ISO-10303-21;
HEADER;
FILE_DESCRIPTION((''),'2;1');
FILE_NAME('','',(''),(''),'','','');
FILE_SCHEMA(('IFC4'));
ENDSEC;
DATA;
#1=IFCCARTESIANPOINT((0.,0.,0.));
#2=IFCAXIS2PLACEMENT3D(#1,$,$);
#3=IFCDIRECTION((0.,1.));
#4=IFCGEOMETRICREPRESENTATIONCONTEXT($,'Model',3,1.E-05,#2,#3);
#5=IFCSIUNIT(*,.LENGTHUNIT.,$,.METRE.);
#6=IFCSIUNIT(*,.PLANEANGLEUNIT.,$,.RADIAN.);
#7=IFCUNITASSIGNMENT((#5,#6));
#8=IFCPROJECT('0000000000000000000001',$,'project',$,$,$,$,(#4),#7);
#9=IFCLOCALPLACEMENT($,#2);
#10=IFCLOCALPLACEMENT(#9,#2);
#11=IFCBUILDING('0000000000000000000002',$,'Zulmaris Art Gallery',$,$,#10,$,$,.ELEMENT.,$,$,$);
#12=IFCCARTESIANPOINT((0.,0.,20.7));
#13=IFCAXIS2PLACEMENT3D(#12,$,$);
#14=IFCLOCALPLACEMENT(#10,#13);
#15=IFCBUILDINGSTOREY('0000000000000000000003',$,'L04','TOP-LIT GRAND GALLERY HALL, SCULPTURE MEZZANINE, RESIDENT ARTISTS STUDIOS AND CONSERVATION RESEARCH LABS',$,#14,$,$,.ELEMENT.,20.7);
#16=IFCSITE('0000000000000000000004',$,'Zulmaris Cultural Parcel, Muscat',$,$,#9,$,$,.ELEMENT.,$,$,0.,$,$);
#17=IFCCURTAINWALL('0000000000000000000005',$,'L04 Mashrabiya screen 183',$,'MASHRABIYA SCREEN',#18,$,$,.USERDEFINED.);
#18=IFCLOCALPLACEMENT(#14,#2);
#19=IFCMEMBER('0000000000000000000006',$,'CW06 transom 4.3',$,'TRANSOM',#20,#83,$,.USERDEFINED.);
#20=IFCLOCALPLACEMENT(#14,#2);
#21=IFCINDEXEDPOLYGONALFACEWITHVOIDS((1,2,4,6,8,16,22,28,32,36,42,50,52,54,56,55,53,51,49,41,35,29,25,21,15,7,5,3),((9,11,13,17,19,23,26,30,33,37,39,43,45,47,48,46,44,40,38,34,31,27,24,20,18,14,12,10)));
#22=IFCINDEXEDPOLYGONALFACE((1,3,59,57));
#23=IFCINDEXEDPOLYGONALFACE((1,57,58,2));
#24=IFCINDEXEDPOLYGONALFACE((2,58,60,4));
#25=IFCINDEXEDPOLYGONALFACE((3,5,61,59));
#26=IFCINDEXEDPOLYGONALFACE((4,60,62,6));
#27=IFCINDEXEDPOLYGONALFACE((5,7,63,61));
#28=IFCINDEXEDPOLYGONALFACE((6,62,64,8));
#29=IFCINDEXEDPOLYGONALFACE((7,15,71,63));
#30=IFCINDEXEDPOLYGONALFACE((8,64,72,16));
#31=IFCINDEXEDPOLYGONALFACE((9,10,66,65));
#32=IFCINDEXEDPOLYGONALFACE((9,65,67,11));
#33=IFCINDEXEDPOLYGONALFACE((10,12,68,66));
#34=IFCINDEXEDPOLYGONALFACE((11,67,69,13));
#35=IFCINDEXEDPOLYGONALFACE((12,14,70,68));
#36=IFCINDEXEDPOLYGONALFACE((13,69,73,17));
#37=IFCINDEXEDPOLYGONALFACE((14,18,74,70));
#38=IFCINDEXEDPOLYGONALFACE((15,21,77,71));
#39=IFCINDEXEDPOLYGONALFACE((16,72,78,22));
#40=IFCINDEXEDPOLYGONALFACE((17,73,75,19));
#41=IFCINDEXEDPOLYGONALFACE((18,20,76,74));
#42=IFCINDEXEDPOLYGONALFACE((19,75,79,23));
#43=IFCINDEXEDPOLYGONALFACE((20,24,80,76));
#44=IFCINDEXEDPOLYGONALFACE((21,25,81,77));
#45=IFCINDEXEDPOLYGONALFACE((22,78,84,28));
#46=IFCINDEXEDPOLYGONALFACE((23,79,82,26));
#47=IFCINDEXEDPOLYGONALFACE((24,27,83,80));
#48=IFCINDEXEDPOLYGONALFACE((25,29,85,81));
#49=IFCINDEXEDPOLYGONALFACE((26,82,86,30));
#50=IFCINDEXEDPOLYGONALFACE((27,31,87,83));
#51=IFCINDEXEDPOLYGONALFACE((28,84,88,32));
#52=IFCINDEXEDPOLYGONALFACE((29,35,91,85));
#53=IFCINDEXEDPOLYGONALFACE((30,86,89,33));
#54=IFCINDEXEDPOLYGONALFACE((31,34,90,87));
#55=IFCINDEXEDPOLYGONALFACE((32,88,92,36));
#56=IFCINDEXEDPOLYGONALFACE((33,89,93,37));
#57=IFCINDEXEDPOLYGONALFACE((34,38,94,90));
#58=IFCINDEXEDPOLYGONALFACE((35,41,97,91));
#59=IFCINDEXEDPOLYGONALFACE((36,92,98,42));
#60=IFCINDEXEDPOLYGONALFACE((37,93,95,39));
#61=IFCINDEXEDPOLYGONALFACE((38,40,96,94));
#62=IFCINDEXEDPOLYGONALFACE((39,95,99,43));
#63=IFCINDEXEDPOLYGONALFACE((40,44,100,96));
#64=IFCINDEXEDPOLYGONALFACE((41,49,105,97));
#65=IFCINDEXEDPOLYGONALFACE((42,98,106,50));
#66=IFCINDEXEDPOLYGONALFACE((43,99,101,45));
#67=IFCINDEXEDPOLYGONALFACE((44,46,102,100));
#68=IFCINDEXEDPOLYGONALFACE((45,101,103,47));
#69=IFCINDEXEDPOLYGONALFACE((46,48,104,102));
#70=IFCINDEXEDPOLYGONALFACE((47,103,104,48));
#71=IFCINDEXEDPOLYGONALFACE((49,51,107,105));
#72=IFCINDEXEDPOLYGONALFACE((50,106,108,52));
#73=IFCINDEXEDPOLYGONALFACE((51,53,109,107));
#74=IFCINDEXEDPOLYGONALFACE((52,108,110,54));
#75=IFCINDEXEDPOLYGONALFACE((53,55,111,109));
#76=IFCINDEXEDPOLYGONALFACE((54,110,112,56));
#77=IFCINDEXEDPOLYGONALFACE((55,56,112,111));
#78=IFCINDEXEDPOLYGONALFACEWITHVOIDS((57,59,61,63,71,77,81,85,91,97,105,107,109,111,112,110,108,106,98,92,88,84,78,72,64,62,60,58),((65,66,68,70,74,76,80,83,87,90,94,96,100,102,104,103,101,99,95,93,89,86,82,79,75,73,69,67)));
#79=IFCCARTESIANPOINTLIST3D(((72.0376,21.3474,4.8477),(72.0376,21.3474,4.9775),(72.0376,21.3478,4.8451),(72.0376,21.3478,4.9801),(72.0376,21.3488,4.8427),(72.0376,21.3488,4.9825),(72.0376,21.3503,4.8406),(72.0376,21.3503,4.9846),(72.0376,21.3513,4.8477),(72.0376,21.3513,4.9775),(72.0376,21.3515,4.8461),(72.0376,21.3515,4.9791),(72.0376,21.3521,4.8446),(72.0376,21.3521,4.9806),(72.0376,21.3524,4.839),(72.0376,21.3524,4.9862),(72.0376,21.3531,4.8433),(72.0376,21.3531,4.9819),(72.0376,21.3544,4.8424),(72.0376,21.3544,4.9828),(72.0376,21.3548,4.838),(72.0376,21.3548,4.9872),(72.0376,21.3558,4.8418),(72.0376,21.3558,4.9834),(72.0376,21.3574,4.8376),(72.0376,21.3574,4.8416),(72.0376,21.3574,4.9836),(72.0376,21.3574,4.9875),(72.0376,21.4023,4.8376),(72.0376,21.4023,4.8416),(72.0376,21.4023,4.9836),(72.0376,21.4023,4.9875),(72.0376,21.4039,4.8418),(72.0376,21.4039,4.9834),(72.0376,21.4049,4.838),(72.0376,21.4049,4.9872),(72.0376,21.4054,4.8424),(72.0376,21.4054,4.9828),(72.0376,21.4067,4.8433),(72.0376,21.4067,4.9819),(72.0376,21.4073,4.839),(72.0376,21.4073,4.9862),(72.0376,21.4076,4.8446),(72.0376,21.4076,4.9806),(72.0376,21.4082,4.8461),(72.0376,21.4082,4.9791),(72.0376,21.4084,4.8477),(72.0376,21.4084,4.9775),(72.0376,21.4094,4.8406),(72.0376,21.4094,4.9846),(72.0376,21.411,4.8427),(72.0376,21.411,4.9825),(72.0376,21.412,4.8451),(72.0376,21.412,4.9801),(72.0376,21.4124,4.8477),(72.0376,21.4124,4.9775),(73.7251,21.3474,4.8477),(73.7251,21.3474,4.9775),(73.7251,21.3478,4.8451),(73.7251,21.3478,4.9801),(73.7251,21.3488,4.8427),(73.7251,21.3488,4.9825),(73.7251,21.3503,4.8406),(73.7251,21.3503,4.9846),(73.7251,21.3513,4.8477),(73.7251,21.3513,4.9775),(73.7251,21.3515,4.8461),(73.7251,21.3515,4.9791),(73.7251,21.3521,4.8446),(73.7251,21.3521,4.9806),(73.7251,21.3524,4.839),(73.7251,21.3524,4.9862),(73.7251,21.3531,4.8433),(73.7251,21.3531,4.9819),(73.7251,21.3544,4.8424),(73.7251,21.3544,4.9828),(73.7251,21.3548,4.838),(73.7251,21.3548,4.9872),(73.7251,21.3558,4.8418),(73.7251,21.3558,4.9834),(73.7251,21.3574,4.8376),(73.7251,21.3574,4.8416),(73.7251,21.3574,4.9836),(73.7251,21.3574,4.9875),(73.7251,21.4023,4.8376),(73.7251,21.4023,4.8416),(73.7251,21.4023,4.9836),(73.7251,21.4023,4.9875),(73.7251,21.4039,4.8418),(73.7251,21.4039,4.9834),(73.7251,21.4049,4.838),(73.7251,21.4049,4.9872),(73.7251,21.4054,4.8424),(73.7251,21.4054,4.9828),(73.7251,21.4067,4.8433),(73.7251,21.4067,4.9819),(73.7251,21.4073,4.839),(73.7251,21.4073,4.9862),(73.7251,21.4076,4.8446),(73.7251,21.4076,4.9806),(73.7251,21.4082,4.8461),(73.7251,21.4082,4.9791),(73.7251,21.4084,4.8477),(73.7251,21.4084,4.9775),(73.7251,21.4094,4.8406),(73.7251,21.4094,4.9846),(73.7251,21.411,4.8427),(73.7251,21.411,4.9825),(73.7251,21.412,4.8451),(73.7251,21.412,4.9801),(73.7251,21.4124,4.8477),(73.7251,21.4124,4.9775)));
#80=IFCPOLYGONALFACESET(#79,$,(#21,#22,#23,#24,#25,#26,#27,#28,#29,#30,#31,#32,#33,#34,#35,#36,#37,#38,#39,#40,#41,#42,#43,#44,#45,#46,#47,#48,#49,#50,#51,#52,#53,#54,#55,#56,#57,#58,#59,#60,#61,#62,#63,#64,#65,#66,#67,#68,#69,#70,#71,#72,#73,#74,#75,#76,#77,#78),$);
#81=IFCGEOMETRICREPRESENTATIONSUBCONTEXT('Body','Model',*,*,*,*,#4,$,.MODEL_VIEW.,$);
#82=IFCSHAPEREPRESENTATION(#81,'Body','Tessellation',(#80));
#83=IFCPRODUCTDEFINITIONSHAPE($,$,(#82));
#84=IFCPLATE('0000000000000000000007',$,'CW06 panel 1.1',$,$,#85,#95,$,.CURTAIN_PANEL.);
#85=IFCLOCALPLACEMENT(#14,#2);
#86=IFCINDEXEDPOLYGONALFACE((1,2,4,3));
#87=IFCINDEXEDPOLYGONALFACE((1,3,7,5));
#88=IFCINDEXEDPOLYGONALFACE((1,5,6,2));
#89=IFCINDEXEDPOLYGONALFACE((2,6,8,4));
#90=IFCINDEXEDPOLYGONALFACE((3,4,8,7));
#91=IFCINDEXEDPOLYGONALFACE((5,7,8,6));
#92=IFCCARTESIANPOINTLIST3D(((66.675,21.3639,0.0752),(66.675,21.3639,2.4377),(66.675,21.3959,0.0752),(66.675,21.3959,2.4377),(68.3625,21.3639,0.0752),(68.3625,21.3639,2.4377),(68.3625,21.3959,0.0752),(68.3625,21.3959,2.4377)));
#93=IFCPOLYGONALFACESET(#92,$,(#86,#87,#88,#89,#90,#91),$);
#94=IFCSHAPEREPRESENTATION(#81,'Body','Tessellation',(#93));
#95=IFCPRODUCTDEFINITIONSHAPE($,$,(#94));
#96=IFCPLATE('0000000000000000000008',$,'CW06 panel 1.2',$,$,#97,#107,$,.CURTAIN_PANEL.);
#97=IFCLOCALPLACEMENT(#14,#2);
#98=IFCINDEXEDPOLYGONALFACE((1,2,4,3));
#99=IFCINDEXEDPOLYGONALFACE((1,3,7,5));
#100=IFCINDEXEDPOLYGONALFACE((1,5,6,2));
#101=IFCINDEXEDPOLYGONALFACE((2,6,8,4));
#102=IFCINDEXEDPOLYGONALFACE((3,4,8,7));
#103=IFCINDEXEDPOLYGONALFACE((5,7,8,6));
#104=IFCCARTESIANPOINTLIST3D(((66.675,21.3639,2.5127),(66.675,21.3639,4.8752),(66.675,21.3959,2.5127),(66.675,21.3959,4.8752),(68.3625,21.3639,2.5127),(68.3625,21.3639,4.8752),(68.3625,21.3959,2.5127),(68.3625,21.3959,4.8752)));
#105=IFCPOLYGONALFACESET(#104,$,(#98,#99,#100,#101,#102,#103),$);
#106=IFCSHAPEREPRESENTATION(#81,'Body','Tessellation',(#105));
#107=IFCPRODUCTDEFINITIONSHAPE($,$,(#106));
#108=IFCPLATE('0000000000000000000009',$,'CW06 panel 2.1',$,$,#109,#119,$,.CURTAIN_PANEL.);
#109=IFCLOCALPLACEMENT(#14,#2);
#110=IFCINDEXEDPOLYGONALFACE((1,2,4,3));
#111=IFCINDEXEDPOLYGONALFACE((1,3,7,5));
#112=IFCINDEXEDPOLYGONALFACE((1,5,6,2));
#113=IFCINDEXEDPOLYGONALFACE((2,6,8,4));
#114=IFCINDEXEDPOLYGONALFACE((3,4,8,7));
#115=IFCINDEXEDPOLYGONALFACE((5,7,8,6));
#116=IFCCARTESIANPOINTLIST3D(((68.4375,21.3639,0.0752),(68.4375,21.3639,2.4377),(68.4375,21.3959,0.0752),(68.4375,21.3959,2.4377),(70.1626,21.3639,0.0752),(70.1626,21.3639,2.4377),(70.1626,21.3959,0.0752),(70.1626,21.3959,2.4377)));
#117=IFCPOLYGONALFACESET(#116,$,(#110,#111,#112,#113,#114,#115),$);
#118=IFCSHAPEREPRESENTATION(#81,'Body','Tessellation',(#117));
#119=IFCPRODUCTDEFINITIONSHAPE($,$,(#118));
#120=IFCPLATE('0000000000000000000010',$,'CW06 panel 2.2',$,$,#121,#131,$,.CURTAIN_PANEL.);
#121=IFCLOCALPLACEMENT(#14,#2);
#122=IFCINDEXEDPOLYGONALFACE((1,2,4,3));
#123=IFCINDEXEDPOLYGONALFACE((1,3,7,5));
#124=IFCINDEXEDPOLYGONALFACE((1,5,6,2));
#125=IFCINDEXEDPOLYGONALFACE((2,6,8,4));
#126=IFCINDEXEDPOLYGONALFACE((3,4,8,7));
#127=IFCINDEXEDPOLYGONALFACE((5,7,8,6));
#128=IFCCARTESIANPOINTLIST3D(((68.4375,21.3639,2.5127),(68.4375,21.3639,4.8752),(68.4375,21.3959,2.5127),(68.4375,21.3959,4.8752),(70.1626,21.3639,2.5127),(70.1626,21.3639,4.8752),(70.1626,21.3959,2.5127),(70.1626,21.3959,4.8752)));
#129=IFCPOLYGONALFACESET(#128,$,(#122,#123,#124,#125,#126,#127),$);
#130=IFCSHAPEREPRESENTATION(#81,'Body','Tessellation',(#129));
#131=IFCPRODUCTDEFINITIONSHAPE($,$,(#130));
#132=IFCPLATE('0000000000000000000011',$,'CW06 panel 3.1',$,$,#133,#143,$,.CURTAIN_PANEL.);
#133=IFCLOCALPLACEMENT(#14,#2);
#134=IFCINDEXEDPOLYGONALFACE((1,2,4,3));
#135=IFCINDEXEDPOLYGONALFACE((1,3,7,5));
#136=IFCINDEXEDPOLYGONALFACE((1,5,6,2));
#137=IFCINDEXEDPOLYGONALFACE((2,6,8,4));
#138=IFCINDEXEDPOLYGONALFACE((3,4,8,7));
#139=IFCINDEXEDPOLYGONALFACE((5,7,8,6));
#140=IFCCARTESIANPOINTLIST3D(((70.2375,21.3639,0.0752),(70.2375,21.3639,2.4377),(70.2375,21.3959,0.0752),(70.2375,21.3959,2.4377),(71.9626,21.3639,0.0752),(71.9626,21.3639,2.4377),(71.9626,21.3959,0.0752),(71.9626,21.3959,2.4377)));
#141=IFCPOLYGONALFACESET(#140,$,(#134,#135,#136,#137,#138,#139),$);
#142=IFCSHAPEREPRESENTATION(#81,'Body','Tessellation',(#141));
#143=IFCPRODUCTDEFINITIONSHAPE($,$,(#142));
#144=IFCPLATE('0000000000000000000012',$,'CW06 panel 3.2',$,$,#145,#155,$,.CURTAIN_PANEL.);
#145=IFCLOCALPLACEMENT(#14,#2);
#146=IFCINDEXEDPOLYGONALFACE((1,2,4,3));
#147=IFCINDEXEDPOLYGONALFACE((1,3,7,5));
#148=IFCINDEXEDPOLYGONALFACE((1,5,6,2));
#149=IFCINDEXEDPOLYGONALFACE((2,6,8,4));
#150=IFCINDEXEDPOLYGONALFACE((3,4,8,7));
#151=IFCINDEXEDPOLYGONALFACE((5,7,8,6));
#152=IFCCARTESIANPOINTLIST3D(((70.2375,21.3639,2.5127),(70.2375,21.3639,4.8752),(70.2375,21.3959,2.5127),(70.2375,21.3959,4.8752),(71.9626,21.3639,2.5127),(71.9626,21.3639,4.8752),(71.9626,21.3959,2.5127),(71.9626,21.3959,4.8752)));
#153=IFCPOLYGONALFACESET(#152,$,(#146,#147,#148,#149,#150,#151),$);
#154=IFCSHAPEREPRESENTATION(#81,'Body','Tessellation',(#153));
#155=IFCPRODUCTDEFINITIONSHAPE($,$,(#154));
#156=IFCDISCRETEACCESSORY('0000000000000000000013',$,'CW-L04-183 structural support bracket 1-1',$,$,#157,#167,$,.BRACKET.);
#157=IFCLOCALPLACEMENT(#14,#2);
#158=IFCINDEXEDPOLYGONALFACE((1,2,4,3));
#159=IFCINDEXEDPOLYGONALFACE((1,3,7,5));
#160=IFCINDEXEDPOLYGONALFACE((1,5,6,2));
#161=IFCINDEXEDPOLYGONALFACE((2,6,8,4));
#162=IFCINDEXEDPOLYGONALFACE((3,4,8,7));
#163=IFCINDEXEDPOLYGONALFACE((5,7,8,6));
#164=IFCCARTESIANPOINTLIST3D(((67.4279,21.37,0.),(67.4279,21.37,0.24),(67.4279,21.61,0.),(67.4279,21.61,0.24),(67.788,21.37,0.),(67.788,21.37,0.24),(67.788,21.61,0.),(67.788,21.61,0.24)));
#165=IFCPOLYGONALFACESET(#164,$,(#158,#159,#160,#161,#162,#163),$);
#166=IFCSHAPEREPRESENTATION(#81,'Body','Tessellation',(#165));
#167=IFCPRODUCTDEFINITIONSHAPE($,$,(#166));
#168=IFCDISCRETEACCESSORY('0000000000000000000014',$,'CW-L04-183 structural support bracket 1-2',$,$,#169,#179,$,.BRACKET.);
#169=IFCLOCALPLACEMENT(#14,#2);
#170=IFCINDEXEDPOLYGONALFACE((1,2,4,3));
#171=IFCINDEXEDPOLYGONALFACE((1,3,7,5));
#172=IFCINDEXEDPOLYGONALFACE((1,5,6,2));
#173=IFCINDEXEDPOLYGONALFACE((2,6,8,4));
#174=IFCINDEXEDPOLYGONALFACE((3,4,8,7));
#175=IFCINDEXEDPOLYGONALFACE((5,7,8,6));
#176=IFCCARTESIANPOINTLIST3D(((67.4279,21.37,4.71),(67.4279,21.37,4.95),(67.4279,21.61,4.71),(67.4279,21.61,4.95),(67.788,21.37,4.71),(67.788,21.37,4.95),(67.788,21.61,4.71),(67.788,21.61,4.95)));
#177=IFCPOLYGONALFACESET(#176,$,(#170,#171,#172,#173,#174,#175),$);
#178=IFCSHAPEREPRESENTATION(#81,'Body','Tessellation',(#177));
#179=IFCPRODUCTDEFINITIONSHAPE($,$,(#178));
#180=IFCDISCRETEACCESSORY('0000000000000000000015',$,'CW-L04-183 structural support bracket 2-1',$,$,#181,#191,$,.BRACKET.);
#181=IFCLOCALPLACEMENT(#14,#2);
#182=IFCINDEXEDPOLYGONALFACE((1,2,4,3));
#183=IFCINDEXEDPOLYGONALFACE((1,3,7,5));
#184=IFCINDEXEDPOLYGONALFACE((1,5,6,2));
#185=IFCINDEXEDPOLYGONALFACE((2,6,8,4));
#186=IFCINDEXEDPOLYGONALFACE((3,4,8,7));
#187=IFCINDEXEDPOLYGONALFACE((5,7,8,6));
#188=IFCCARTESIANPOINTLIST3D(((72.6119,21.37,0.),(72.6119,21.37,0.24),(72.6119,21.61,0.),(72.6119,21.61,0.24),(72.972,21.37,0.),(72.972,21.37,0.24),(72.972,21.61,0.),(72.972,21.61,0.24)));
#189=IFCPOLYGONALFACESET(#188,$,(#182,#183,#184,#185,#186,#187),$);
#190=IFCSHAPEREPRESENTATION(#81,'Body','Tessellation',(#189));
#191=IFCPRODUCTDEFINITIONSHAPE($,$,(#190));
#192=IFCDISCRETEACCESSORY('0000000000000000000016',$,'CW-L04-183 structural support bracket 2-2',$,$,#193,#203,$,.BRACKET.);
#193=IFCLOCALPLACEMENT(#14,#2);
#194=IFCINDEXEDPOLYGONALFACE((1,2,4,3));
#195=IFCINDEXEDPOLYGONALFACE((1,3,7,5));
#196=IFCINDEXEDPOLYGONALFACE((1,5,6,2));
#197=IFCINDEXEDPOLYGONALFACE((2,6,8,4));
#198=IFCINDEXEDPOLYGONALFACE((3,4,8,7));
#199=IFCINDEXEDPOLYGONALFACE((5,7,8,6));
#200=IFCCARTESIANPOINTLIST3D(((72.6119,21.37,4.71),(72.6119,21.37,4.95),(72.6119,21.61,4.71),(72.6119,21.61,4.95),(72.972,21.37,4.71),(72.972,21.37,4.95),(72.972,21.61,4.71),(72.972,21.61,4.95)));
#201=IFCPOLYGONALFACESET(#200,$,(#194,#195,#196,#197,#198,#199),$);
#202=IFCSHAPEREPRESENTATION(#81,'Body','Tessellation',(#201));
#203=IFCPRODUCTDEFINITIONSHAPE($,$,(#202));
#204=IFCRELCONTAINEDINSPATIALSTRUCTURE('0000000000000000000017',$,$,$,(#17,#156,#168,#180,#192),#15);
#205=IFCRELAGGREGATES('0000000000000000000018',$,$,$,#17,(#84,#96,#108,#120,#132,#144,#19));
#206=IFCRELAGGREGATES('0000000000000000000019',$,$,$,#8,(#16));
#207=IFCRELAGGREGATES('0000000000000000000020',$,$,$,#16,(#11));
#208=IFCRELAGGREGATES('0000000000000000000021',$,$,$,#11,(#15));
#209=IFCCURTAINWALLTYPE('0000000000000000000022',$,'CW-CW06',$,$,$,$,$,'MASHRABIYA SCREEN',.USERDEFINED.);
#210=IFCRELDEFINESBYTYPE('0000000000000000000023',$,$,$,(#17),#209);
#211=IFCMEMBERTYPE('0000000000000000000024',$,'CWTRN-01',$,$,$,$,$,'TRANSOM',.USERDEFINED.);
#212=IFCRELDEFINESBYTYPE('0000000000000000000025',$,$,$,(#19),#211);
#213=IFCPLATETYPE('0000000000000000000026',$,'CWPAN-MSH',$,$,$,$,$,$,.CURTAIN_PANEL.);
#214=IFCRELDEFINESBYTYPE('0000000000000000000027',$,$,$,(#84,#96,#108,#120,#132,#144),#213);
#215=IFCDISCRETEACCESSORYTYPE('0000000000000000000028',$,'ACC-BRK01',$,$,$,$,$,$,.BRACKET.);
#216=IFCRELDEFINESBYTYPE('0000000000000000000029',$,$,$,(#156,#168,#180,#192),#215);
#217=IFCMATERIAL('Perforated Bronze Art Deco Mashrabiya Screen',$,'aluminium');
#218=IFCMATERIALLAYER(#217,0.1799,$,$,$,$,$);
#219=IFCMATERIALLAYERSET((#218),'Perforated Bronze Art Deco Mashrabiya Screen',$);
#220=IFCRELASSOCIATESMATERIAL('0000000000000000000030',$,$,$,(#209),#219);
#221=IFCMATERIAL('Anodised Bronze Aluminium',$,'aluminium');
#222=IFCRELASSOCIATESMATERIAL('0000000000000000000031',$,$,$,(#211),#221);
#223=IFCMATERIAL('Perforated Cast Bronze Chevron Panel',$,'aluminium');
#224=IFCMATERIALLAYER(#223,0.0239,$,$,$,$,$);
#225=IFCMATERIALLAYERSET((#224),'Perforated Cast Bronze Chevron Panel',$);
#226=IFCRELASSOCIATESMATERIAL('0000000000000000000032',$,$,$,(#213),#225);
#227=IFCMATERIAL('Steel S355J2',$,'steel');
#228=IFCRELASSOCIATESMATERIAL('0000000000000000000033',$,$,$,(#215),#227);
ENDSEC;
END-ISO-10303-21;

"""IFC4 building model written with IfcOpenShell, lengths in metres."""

from ifc_helpers import new_model, si_unit, direction, frame, origin, origin_2d, place, context, subcontext, project, spatial, rectangle, hollow_rectangle, extrude, material, layer, layer_set, material_profile, profile_set, type_object, element, aggregate, save


model = new_model("IFC4")

# Units and contexts
model_context = context("Model", 3, precision=1e-05, world=origin(), true_north=direction((0.0, 1.0)))
body_context = subcontext(model_context, "Body", "Model", "MODEL_VIEW")
ifc_project = project(units=[si_unit("LENGTHUNIT", "METRE"), si_unit("PLANEANGLEUNIT", "RADIAN")], contexts=[model_context])

# Site, building, storey
site_placement = place(None, origin())
site = spatial("IfcSite", under=ifc_project, at=site_placement, Name="Zulmaris Cultural Parcel, Muscat", CompositionType="ELEMENT", RefElevation=0.0)
building_placement = place(site_placement, origin())
building = spatial("IfcBuilding", under=site, at=building_placement, Name="Zulmaris Art Gallery", CompositionType="ELEMENT")
storey_placement = place(building_placement, frame((0.0, 0.0, 20.7)))
storey = spatial("IfcBuildingStorey", under=building, at=storey_placement, Name="L04", Description="TOP-LIT GRAND GALLERY HALL, SCULPTURE MEZZANINE, RESIDENT ARTISTS STUDIOS AND CONSERVATION RESEARCH LABS", CompositionType="ELEMENT", Elevation=20.7)

# Curtain wall, member, plates
ifc_material_1 = material(Name="Perforated Bronze Art Deco Mashrabiya Screen", Category="aluminium")
ifc_layer_1 = layer(ifc_material_1, 0.1799)
ifc_layer_set_1 = layer_set([ifc_layer_1], Name="Perforated Bronze Art Deco Mashrabiya Screen")
curtain_wall_type = type_object("IfcCurtainWallType", Name="CW-CW06", ElementType="MASHRABIYA SCREEN", PredefinedType="USERDEFINED", material=ifc_layer_set_1)
curtain_wall_placement = place(storey_placement, origin())
curtain_wall = element("IfcCurtainWall", 1, at=curtain_wall_placement, inside=storey, type_object=curtain_wall_type, Name="L04 Mashrabiya screen 183", ObjectType="MASHRABIYA SCREEN", PredefinedType="USERDEFINED")
ifc_material_2 = material(Name="Anodised Bronze Aluminium", Category="aluminium")
ifc_material_profile_1 = material_profile(ifc_material_2, hollow_rectangle(XDim=0.0649, YDim=0.1499, WallThickness=0.0039, InnerFilletRadius=0.0061, OuterFilletRadius=0.01, at=origin_2d()), Name="ALU 65x150x4")
ifc_profile_set_1 = profile_set([ifc_material_profile_1], Name="Anodised Bronze Aluminium")
member_type_1 = type_object("IfcMemberType", Name="CWTRN-01", ElementType="TRANSOM", PredefinedType="USERDEFINED", material=ifc_profile_set_1)
member_1_placement = place(storey_placement, frame((72.0376, 21.3799, 4.9126), z_axis=(1.0, 0.0, 0.0), x_axis=(0.0, 1.0, 0.0)))
member_1 = element("IfcMember", 2, at=member_1_placement, type_object=member_type_1, Name="CW06 transom 4.3", ObjectType="TRANSOM", PredefinedType="USERDEFINED", context=body_context, shape_type="SweptSolid", body=[
    extrude(hollow_rectangle(XDim=0.0649, YDim=0.1499, WallThickness=0.0039, InnerFilletRadius=0.0061, OuterFilletRadius=0.01, at=origin_2d()), origin(), (0.0, 0.0, 1.0), 1.6875),
])
ifc_material_3 = material(Name="Perforated Cast Bronze Chevron Panel", Category="aluminium")
ifc_layer_2 = layer(ifc_material_3, 0.0239)
ifc_layer_set_2 = layer_set([ifc_layer_2], Name="Perforated Cast Bronze Chevron Panel")
plate_type = type_object("IfcPlateType", Name="CWPAN-MSH", PredefinedType="CURTAIN_PANEL", material=ifc_layer_set_2)
plate_1_placement = place(storey_placement, frame((67.5188, 21.3799, 0.0752), z_axis=(0.0, 0.0, 1.0), x_axis=(1.0, 0.0, 0.0)))
plate_1 = element("IfcPlate", 3, at=plate_1_placement, type_object=plate_type, Name="CW06 panel 1.1", PredefinedType="CURTAIN_PANEL", context=body_context, shape_type="SweptSolid", body=[
    extrude(rectangle(XDim=1.6875, YDim=0.032, at=origin_2d()), origin(), (0.0, 0.0, 1.0), 2.3625),
])
plate_2_placement = place(storey_placement, frame((67.5188, 21.3799, 2.5127), z_axis=(0.0, 0.0, 1.0), x_axis=(1.0, 0.0, 0.0)))
plate_2 = element("IfcPlate", 4, at=plate_2_placement, type_object=plate_type, Name="CW06 panel 1.2", PredefinedType="CURTAIN_PANEL", context=body_context, shape_type="SweptSolid", body=[
    extrude(rectangle(XDim=1.6875, YDim=0.032, at=origin_2d()), origin(), (0.0, 0.0, 1.0), 2.3625),
])
plate_3_placement = place(storey_placement, frame((69.3, 21.3799, 0.0752), z_axis=(0.0, 0.0, 1.0), x_axis=(1.0, 0.0, 0.0)))
plate_3 = element("IfcPlate", 5, at=plate_3_placement, type_object=plate_type, Name="CW06 panel 2.1", PredefinedType="CURTAIN_PANEL", context=body_context, shape_type="SweptSolid", body=[
    extrude(rectangle(XDim=1.7251, YDim=0.032, at=origin_2d()), origin(), (0.0, 0.0, 1.0), 2.3625),
])
plate_4_placement = place(storey_placement, frame((69.3, 21.3799, 2.5127), z_axis=(0.0, 0.0, 1.0), x_axis=(1.0, 0.0, 0.0)))
plate_4 = element("IfcPlate", 6, at=plate_4_placement, type_object=plate_type, Name="CW06 panel 2.2", PredefinedType="CURTAIN_PANEL", context=body_context, shape_type="SweptSolid", body=[
    extrude(rectangle(XDim=1.7251, YDim=0.032, at=origin_2d()), origin(), (0.0, 0.0, 1.0), 2.3625),
])
plate_5_placement = place(storey_placement, frame((71.1001, 21.3799, 0.0752), z_axis=(0.0, 0.0, 1.0), x_axis=(1.0, 0.0, 0.0)))
plate_5 = element("IfcPlate", 7, at=plate_5_placement, type_object=plate_type, Name="CW06 panel 3.1", PredefinedType="CURTAIN_PANEL", context=body_context, shape_type="SweptSolid", body=[
    extrude(rectangle(XDim=1.7251, YDim=0.032, at=origin_2d()), origin(), (0.0, 0.0, 1.0), 2.3625),
])
plate_6_placement = place(storey_placement, frame((71.1001, 21.3799, 2.5127), z_axis=(0.0, 0.0, 1.0), x_axis=(1.0, 0.0, 0.0)))
plate_6 = element("IfcPlate", 8, at=plate_6_placement, type_object=plate_type, Name="CW06 panel 3.2", PredefinedType="CURTAIN_PANEL", context=body_context, shape_type="SweptSolid", body=[
    extrude(rectangle(XDim=1.7251, YDim=0.032, at=origin_2d()), origin(), (0.0, 0.0, 1.0), 2.3625),
])
aggregate(curtain_wall, [plate_1, plate_2, plate_3, plate_4, plate_5, plate_6, member_1])

# Discrete accessories
ifc_material_4 = material(Name="Steel S355J2", Category="steel")
discrete_accessory_type = type_object("IfcDiscreteAccessoryType", Name="ACC-BRK01", PredefinedType="BRACKET", material=ifc_material_4)
for number, where, z_axis, x_axis, name in (
    (9, (67.6079, 21.49, 0.0), (0.0, 0.0, 1.0), (1.0, 0.0, 0.0), "CW-L04-183 structural support bracket 1-1"),
    (10, (67.6079, 21.49, 4.71), (0.0, 0.0, 1.0), (1.0, 0.0, 0.0), "CW-L04-183 structural support bracket 1-2"),
    (11, (72.792, 21.49, 0.0), (0.0, 0.0, 1.0), (1.0, 0.0, 0.0), "CW-L04-183 structural support bracket 2-1"),
    (12, (72.792, 21.49, 4.71), (0.0, 0.0, 1.0), (1.0, 0.0, 0.0), "CW-L04-183 structural support bracket 2-2"),
):
    element("IfcDiscreteAccessory", number, at=place(storey_placement, frame(where, z_axis=z_axis, x_axis=x_axis)), inside=storey, type_object=discrete_accessory_type, Name=name, PredefinedType="BRACKET", context=body_context, shape_type="SweptSolid", body=[
        extrude(rectangle(XDim=0.3601, YDim=0.24, at=origin_2d()), origin(), (0.0, 0.0, 1.0), 0.24),
    ])

save(model, "model.ifc")
